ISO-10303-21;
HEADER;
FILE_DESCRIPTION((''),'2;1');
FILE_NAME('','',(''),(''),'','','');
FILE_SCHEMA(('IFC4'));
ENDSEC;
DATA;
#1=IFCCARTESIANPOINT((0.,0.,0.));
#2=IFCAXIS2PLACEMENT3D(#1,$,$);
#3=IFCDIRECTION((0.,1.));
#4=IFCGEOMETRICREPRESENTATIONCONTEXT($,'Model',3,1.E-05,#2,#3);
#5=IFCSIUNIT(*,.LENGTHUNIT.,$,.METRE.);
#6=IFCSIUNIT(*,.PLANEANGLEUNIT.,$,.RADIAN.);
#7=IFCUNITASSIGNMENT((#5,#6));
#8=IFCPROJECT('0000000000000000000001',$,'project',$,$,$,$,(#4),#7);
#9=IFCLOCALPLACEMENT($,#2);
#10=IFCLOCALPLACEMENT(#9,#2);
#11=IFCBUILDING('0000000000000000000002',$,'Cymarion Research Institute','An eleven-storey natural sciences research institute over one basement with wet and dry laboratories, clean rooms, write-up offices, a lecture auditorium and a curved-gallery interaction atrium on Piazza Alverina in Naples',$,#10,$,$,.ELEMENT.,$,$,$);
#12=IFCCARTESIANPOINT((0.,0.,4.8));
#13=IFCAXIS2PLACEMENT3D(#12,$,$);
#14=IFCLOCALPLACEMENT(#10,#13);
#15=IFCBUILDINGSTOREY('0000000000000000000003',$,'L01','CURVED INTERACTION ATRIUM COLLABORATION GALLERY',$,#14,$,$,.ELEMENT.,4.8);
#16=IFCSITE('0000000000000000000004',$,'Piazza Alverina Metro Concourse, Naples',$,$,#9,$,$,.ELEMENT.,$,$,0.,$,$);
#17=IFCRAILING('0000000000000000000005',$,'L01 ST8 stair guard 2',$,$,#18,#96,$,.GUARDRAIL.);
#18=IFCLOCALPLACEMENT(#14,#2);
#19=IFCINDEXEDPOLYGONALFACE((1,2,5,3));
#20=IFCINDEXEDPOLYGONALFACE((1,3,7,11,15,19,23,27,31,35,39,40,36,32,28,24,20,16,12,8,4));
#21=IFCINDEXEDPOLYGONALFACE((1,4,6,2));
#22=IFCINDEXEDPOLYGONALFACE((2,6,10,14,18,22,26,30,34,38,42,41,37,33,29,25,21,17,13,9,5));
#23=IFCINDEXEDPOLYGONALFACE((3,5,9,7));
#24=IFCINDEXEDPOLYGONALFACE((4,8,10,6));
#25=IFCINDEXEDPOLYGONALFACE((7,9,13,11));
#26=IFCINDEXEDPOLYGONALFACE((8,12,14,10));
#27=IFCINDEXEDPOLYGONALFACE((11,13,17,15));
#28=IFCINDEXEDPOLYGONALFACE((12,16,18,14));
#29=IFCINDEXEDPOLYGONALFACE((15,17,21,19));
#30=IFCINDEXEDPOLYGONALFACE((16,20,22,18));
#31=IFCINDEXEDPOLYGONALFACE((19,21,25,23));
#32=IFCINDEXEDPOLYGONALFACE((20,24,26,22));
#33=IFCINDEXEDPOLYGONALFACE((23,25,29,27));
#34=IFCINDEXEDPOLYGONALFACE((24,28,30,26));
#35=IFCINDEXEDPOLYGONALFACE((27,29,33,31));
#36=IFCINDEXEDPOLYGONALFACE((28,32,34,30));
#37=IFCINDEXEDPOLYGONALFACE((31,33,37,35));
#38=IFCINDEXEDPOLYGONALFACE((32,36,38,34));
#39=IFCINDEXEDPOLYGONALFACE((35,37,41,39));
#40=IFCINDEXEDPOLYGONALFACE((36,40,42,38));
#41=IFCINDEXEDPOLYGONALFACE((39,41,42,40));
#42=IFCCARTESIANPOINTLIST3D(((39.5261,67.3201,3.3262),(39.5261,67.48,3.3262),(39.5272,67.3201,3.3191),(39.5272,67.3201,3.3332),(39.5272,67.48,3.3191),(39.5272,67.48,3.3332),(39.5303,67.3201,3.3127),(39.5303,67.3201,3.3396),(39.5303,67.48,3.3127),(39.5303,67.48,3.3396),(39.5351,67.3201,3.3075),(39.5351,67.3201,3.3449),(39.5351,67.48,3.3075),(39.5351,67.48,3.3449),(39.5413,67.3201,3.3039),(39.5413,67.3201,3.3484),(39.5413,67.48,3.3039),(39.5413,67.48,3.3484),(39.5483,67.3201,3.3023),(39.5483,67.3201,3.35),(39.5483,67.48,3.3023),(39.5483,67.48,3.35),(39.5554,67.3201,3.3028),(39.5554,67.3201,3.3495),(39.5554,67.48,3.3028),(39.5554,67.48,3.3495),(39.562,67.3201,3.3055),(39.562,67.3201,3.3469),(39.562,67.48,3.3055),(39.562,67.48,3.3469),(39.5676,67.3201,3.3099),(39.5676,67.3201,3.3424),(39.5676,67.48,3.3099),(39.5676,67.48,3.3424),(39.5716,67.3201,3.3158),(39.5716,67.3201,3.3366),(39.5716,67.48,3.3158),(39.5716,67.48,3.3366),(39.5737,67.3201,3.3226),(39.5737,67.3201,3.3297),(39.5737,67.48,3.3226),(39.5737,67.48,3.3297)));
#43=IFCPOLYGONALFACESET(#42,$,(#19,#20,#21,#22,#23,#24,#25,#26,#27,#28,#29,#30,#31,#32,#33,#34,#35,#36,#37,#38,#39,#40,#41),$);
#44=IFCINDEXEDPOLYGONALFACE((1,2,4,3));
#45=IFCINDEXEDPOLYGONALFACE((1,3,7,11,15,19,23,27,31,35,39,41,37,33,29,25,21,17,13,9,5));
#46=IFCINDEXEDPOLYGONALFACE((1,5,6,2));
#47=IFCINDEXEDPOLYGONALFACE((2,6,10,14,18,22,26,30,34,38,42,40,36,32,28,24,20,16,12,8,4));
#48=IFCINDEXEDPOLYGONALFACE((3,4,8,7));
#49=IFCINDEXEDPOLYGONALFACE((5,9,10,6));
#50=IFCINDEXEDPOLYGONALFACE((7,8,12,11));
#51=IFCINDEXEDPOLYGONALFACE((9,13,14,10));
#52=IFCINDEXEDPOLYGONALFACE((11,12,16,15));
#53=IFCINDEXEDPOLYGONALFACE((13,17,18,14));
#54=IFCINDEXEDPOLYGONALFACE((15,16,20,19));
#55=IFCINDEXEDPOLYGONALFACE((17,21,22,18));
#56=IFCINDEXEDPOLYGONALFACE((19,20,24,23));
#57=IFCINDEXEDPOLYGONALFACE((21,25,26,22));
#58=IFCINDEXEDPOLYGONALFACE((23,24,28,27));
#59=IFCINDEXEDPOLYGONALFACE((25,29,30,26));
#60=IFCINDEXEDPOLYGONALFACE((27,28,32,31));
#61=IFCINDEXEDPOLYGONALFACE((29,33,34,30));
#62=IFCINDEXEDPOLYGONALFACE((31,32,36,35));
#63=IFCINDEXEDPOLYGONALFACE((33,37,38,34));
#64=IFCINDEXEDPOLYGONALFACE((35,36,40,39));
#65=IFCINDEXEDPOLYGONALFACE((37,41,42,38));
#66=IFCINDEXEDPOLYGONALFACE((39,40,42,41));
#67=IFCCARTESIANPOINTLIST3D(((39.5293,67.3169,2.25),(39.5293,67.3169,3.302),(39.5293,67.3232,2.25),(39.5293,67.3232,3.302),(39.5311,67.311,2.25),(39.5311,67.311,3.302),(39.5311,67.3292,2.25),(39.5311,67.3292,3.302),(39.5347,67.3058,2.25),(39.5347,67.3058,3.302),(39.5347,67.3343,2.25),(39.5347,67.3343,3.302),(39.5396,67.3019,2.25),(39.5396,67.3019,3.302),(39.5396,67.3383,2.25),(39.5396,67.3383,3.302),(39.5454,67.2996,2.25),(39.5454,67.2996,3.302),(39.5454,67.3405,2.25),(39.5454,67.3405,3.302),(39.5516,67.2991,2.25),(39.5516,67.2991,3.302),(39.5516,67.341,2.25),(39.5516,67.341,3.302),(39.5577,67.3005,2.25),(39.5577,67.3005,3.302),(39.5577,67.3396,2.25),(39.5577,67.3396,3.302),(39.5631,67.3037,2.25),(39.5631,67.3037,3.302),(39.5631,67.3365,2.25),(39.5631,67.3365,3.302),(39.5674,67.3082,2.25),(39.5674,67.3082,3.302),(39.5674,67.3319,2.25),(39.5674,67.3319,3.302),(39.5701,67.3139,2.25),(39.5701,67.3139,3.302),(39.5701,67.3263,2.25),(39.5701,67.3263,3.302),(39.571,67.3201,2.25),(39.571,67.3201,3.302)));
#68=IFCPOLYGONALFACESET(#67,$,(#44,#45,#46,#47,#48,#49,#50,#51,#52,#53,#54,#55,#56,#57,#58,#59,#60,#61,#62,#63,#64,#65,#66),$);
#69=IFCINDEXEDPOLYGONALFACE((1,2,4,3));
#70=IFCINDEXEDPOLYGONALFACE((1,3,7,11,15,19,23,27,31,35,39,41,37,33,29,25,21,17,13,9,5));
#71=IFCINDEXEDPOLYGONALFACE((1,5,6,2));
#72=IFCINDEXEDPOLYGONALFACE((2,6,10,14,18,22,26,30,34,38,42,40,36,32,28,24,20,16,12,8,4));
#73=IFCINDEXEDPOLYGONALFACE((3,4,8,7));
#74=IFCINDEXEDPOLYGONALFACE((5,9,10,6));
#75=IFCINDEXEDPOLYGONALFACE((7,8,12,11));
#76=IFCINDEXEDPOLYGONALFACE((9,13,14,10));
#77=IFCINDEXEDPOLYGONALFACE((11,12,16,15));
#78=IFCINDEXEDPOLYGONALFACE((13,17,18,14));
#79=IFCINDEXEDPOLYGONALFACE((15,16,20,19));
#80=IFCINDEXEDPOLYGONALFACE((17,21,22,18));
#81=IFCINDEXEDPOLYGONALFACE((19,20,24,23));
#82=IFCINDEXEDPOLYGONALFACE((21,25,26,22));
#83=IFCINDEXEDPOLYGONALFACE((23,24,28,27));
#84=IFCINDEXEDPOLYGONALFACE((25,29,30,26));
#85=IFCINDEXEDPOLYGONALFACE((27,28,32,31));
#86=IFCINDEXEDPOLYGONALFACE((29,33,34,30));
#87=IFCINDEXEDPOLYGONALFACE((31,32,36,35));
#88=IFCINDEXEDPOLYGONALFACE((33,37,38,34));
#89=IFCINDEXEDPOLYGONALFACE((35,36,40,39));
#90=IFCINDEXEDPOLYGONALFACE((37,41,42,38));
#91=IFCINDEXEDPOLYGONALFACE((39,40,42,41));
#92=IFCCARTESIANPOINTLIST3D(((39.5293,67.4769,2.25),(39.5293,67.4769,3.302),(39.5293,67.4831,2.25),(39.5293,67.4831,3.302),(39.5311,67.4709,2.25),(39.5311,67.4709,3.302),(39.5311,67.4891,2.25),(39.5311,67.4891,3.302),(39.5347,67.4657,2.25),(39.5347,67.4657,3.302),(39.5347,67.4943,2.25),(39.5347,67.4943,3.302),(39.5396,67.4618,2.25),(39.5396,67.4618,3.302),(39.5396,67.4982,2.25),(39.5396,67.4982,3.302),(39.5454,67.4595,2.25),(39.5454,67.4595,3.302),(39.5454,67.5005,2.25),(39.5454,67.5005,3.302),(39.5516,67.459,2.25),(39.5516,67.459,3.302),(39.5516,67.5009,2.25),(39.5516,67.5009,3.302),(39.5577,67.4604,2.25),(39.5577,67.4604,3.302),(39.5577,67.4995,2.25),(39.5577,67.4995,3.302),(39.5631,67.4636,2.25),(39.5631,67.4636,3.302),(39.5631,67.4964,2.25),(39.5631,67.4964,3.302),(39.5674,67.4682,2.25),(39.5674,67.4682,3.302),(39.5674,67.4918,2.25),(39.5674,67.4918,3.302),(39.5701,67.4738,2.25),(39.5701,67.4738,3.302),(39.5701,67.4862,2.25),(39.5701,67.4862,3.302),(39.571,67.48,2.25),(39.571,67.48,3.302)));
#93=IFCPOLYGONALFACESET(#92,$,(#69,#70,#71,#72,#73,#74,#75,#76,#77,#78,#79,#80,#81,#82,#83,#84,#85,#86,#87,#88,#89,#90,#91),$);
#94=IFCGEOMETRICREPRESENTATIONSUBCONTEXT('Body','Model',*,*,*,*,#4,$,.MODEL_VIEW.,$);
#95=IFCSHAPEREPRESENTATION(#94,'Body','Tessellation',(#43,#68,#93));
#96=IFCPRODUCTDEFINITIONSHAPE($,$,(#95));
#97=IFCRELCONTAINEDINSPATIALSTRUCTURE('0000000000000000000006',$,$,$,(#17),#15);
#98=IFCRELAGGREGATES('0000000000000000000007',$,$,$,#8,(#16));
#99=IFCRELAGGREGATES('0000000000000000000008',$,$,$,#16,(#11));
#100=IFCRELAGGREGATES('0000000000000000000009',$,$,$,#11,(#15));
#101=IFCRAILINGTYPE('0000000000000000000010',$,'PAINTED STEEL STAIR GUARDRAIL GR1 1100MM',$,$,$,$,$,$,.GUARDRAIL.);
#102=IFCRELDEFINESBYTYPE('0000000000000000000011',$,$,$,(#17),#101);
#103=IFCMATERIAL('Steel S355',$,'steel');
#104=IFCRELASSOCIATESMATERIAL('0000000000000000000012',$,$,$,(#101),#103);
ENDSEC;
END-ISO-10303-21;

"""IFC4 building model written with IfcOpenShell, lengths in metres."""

from ifc_helpers import new_model, si_unit, direction, frame, origin, origin_2d, place, context, subcontext, project, spatial, circle, extrude, material, type_object, element, save


model = new_model("IFC4")

# Units and contexts
model_context = context("Model", 3, precision=1e-05, world=origin(), true_north=direction((0.0, 1.0)))
body_context = subcontext(model_context, "Body", "Model", "MODEL_VIEW")
ifc_project = project(units=[si_unit("LENGTHUNIT", "METRE"), si_unit("PLANEANGLEUNIT", "RADIAN")], contexts=[model_context])

# Site, building, storey
site_placement = place(None, origin())
site = spatial("IfcSite", under=ifc_project, at=site_placement, Name="Piazza Alverina Metro Concourse, Naples", CompositionType="ELEMENT", RefElevation=0.0)
building_placement = place(site_placement, origin())
building = spatial("IfcBuilding", under=site, at=building_placement, Name="Cymarion Research Institute", Description="An eleven-storey natural sciences research institute over one basement with wet and dry laboratories, clean rooms, write-up offices, a lecture auditorium and a curved-gallery interaction atrium on Piazza Alverina in Naples", CompositionType="ELEMENT")
storey_placement = place(building_placement, frame((0.0, 0.0, 4.8)))
storey = spatial("IfcBuildingStorey", under=building, at=storey_placement, Name="L01", Description="CURVED INTERACTION ATRIUM COLLABORATION GALLERY", CompositionType="ELEMENT", Elevation=4.8)

# Shared definitions
ifc_material_1 = material(Name="Steel S355", Category="steel")

# Railing
railing_type_1 = type_object("IfcRailingType", Name="PAINTED STEEL STAIR GUARDRAIL GR1 1100MM", PredefinedType="GUARDRAIL", material=ifc_material_1)
railing_1_placement = place(storey_placement, frame((39.55, 67.3201, 2.25)))
element("IfcRailing", 1, at=railing_1_placement, inside=storey, type_object=railing_type_1, Name="L01 ST8 stair guard 2", PredefinedType="GUARDRAIL", context=body_context, shape_type="SweptSolid", body=[
    extrude(circle(Radius=0.0239, at=origin_2d()), frame((0.0, 0.0, 1.0762), z_axis=(0.0, 1.0, 0.0), x_axis=(-1.0, 0.0, 0.0)), (0.0, 0.0, 1.0), 0.1599),
    extrude(circle(Radius=0.021, at=origin_2d()), origin(), (0.0, 0.0, 1.0), 1.052),
    extrude(circle(Radius=0.021, at=origin_2d()), frame((0.0, 0.1599, 0.0)), (0.0, 0.0, 1.0), 1.052),
])

save(model, "model.ifc")
